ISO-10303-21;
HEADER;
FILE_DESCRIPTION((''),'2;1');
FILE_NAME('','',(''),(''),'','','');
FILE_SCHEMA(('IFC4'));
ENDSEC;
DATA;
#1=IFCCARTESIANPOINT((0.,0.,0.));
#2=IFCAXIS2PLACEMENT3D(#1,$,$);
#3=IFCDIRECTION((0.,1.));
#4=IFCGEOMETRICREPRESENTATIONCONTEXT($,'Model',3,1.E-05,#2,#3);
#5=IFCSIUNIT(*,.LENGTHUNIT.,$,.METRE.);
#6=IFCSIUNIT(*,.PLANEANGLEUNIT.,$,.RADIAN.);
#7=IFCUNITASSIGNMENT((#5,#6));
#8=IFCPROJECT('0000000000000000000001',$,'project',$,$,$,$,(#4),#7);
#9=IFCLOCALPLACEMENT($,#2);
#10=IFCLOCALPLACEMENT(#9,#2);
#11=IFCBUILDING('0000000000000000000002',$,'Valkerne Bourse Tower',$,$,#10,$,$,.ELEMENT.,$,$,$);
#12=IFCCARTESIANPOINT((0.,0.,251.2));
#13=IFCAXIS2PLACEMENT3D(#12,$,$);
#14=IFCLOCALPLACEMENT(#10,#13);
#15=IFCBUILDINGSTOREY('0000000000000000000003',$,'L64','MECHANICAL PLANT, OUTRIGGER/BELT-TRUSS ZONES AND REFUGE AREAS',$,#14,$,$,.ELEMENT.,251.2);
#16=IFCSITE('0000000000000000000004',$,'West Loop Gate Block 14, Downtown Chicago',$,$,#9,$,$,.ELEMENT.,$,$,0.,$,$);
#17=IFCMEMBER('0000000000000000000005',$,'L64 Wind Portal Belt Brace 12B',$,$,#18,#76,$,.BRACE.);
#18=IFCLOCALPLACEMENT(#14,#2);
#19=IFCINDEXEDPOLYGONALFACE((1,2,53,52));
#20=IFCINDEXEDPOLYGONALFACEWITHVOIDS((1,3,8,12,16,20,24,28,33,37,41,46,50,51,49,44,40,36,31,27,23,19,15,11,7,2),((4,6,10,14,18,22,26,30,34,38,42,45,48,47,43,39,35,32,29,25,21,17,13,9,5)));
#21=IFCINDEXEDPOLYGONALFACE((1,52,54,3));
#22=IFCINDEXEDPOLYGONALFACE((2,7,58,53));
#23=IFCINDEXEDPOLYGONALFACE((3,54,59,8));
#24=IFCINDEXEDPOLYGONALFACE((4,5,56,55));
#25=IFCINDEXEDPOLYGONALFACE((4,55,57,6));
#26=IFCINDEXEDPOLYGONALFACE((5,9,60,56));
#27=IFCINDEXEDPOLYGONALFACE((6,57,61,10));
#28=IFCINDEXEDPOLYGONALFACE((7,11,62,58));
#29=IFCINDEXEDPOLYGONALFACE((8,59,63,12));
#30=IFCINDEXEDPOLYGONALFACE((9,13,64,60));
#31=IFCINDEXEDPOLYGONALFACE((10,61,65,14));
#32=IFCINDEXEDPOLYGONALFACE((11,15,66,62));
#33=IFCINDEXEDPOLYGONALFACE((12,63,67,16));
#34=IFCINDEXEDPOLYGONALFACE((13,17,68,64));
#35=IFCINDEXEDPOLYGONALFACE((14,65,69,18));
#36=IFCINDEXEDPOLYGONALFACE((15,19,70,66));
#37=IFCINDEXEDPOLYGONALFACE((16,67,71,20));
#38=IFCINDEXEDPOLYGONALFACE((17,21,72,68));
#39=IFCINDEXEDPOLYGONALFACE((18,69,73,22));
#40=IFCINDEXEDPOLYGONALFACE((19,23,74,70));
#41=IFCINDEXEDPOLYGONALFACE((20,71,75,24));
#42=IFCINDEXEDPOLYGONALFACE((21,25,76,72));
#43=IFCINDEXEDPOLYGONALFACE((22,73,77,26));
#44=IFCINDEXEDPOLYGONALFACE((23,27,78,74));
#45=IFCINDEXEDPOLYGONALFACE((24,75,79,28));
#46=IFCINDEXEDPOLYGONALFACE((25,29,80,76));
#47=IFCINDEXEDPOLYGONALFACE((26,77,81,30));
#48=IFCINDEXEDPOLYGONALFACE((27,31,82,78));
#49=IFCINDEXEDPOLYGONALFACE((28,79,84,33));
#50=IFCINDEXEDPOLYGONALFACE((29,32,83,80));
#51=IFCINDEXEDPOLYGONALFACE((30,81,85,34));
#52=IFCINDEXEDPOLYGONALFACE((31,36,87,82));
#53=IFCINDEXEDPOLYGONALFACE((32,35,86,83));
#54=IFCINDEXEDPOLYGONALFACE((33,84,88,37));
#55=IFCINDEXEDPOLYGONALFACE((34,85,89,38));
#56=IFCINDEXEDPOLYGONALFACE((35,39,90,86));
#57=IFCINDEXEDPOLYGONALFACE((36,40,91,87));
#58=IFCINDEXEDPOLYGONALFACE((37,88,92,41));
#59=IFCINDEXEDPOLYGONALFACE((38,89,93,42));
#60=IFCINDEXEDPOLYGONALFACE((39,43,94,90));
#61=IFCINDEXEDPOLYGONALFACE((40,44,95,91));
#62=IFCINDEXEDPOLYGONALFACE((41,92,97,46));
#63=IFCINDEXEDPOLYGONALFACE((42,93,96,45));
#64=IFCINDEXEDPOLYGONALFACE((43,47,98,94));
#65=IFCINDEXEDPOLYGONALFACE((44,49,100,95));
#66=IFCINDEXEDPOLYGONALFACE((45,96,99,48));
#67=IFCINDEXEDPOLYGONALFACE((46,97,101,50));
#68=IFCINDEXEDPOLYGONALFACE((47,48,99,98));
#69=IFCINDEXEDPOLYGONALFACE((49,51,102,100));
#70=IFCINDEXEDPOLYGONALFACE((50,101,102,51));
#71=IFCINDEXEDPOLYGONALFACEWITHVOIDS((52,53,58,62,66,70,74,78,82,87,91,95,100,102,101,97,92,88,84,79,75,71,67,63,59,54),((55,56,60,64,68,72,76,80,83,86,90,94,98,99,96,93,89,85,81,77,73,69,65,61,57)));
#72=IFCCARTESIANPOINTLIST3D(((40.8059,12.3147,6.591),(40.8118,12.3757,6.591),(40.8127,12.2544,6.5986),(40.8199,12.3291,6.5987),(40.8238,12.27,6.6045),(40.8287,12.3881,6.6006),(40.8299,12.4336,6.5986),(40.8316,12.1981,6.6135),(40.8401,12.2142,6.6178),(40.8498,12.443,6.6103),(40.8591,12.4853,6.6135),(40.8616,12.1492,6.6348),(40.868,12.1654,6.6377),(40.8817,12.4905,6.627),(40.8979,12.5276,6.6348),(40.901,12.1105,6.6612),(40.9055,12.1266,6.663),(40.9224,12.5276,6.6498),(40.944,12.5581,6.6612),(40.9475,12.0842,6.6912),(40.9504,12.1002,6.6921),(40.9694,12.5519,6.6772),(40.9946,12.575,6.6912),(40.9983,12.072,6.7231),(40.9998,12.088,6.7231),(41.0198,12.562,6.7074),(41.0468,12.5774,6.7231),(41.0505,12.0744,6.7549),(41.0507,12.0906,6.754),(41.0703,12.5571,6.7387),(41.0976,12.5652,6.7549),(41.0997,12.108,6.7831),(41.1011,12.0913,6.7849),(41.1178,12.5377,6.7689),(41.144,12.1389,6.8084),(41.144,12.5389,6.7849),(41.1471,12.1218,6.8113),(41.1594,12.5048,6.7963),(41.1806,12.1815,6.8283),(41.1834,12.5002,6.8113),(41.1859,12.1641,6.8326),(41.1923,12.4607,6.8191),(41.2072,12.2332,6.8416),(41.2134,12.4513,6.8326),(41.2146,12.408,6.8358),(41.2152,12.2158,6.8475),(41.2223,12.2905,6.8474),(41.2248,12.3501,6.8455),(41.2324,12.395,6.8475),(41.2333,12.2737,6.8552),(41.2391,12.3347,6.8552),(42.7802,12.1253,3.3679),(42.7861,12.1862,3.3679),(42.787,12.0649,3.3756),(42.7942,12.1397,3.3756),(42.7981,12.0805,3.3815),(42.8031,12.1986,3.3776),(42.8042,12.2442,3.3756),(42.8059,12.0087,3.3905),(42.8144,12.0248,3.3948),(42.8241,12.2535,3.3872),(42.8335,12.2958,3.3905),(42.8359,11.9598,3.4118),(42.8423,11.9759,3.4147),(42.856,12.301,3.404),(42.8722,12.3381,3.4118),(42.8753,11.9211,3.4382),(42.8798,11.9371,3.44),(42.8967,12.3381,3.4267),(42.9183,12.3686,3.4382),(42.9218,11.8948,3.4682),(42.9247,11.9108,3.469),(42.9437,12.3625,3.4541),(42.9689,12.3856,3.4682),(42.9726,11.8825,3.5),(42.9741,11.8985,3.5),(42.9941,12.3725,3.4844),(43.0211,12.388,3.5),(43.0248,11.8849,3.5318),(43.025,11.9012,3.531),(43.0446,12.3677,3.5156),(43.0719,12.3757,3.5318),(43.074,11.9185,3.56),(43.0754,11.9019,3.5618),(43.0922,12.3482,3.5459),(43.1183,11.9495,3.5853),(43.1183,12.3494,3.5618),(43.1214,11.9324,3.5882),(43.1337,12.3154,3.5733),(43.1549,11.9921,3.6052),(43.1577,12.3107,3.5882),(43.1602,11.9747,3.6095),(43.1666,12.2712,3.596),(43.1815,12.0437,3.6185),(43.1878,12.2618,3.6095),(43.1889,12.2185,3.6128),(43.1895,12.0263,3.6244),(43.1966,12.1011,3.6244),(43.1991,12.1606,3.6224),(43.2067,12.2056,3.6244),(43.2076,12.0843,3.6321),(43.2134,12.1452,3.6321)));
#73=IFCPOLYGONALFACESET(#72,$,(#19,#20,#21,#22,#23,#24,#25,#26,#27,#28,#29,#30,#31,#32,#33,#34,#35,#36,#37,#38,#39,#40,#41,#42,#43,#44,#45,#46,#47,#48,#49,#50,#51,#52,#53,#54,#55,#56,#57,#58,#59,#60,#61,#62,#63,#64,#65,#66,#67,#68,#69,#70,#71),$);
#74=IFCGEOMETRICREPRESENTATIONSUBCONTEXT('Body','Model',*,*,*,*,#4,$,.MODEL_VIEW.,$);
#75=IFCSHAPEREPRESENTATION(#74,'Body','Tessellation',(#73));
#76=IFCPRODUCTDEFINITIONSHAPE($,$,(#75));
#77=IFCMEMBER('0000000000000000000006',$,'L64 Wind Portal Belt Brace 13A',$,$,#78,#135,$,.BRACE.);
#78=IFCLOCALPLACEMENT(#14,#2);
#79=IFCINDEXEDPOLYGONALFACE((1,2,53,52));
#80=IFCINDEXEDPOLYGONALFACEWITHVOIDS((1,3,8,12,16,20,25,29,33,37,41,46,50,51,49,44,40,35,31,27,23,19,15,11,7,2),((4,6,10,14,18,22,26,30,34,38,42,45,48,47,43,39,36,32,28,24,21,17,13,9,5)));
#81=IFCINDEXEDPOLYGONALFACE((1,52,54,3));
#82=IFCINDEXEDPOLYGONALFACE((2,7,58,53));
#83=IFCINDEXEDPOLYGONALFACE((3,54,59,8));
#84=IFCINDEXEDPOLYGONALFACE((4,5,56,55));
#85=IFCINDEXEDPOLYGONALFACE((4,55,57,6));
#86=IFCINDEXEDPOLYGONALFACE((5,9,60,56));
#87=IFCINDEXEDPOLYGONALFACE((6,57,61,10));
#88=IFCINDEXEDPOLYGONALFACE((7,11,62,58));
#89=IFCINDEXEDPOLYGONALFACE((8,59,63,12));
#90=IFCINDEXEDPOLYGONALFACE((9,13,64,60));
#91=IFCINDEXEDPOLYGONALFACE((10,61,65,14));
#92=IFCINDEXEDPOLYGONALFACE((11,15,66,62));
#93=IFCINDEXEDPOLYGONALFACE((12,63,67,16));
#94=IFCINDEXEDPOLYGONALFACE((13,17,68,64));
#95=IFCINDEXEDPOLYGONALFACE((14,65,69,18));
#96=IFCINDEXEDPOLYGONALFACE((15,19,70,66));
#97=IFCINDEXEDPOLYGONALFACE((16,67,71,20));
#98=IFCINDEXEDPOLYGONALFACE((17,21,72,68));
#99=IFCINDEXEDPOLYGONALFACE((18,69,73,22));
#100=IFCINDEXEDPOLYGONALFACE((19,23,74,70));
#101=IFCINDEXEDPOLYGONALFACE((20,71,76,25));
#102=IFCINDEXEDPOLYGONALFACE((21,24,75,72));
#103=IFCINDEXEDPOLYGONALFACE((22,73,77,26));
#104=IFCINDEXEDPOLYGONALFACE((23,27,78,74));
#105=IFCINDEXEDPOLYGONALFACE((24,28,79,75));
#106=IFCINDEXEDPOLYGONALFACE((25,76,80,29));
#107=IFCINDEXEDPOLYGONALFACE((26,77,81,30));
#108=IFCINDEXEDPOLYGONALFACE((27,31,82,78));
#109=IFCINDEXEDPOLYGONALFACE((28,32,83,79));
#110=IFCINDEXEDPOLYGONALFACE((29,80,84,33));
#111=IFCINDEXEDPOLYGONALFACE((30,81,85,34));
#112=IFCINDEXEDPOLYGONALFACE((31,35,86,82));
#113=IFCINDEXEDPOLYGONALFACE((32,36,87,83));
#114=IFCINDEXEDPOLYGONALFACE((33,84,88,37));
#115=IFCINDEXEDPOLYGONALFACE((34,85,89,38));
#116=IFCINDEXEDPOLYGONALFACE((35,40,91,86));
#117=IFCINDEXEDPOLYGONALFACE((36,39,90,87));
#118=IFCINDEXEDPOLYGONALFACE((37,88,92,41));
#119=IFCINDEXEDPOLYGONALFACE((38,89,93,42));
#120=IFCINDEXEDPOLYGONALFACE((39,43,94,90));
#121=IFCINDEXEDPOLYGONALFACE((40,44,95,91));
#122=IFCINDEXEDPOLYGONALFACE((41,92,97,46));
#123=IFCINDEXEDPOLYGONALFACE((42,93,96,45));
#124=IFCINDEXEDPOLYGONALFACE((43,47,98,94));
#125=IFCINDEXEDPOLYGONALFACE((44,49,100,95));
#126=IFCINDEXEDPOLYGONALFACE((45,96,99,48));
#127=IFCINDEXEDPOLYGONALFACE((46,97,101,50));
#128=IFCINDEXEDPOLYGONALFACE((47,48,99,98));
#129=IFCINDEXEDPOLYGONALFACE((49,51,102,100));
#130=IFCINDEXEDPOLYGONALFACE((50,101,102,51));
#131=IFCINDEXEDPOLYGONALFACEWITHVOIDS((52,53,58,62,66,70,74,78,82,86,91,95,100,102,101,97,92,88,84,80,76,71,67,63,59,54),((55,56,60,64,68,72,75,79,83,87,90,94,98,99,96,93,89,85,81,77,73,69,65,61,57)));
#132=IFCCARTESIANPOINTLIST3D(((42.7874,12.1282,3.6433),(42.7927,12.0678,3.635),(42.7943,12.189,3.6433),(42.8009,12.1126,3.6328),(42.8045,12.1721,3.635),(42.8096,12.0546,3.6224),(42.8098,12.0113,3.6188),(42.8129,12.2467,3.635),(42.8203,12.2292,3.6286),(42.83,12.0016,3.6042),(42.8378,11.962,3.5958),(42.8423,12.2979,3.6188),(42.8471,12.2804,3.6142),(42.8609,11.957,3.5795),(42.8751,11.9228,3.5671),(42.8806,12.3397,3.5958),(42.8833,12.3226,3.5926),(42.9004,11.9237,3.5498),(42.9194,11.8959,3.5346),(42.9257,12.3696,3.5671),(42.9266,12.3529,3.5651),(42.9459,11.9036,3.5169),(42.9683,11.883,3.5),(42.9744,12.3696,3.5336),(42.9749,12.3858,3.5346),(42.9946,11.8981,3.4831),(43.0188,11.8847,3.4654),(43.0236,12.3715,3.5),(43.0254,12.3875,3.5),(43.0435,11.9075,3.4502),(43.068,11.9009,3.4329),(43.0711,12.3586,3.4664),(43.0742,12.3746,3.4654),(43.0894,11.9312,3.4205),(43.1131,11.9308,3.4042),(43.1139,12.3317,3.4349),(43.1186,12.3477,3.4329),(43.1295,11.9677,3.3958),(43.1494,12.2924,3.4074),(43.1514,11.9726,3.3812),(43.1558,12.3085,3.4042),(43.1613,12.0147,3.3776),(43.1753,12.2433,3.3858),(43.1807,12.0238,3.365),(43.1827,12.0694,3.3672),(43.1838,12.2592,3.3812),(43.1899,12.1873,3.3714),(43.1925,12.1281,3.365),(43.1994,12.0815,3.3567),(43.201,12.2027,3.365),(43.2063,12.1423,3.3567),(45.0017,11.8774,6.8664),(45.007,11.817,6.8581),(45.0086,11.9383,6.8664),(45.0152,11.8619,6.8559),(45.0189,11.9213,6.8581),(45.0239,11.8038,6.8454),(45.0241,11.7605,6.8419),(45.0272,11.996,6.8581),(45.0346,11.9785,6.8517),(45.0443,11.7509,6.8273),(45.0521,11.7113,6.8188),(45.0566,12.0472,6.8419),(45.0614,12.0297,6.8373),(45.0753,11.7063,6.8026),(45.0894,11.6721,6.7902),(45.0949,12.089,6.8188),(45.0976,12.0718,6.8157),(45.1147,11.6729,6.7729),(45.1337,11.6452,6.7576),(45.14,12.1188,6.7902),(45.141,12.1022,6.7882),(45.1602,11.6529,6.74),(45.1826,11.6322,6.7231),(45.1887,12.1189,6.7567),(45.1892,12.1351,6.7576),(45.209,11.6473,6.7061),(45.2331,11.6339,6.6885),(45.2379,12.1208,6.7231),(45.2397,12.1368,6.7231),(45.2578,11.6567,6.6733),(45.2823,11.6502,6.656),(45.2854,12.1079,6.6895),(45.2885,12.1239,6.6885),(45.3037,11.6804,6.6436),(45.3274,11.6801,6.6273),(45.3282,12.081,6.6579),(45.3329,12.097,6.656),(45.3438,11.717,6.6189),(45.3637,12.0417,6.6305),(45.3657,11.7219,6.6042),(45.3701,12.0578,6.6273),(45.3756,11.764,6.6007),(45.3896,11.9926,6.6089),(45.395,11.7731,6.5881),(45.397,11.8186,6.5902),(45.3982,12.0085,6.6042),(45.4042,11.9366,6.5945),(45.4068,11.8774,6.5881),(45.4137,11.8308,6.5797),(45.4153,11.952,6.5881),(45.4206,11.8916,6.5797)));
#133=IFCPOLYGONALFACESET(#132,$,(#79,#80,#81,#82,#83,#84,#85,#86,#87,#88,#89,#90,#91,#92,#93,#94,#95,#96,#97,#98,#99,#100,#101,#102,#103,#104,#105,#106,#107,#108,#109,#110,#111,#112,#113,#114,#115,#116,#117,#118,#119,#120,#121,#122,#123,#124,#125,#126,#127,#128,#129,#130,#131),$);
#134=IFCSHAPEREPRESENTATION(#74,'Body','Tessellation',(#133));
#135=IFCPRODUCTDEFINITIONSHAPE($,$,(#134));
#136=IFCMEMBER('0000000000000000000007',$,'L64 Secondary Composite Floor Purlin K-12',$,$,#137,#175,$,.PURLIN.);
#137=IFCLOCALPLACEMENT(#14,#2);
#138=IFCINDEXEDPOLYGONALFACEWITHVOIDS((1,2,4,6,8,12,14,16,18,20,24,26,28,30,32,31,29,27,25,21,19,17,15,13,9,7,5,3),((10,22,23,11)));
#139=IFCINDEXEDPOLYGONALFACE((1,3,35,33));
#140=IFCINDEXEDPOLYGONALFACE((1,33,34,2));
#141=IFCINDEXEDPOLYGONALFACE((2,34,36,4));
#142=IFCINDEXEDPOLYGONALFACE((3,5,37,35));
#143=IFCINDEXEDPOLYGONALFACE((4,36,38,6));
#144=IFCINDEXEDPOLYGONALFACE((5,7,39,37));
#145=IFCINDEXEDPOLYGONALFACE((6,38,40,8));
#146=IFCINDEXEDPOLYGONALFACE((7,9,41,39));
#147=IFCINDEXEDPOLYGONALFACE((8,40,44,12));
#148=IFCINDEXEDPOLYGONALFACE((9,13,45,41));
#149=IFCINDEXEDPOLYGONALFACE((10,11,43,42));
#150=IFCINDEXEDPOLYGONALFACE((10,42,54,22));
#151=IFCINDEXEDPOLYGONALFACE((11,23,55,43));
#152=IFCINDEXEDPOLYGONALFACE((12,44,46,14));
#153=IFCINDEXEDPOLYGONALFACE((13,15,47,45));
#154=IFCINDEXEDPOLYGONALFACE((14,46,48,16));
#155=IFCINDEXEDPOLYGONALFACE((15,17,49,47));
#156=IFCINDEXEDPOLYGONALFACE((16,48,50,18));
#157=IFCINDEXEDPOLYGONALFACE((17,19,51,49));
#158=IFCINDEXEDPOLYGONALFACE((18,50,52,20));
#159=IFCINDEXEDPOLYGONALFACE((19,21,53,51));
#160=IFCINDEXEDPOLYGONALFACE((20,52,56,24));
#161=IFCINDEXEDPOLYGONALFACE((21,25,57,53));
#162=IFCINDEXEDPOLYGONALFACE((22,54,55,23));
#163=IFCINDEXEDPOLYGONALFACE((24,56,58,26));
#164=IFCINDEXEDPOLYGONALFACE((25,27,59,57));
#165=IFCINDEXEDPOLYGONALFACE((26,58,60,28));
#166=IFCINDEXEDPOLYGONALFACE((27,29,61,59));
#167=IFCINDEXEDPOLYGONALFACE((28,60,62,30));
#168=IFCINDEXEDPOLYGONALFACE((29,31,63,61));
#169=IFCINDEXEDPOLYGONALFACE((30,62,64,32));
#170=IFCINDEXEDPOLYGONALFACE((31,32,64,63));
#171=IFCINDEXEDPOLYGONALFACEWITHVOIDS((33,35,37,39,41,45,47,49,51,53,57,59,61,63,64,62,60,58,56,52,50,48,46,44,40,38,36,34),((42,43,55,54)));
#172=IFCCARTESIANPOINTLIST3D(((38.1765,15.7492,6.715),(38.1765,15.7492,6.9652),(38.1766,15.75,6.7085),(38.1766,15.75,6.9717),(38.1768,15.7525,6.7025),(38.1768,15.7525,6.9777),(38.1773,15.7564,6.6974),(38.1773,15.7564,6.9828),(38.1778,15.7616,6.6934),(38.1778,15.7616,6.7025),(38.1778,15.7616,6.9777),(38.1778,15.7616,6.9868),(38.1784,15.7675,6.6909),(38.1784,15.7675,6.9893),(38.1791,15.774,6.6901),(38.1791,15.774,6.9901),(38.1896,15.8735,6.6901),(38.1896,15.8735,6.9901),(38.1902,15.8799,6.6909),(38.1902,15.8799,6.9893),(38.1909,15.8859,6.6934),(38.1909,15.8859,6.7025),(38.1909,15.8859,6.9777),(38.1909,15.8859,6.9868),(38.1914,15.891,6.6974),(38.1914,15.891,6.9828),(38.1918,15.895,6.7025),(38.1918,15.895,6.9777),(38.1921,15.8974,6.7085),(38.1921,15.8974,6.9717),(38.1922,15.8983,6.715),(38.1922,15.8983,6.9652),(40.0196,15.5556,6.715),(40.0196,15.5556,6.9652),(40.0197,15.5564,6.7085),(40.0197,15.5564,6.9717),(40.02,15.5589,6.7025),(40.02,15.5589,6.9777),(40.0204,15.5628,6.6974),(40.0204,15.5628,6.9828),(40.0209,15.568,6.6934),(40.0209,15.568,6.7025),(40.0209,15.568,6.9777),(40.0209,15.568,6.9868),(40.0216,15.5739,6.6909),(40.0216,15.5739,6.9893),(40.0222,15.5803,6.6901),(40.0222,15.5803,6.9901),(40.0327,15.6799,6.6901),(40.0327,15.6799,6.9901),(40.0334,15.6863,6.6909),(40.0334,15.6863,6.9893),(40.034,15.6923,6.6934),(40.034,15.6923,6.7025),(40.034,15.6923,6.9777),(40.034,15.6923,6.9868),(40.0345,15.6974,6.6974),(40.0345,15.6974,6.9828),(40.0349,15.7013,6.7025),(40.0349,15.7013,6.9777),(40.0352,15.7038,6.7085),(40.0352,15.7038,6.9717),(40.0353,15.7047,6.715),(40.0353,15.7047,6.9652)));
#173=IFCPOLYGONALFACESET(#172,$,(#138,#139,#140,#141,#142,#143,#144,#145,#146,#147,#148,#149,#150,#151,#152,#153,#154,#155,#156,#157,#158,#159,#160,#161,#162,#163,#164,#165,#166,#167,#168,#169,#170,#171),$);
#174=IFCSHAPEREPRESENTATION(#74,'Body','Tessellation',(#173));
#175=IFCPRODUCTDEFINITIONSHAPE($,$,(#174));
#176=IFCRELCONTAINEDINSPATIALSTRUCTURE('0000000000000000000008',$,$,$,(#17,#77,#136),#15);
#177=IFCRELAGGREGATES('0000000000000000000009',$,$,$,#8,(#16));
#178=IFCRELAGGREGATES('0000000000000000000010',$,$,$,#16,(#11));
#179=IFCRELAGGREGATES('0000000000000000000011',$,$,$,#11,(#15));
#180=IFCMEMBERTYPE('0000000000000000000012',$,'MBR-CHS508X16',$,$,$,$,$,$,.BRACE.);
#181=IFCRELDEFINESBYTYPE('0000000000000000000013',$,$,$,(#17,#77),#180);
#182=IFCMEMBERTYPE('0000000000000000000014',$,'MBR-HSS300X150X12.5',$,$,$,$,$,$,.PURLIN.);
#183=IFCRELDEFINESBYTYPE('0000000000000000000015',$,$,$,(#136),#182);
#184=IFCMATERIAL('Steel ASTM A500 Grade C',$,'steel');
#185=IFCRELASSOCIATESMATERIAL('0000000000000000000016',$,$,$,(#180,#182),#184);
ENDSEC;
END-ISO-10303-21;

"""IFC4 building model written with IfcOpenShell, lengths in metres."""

from ifc_helpers import new_model, si_unit, direction, frame, origin, origin_2d, place, context, subcontext, project, spatial, hollow_rectangle, hollow_circle, extrude, material, material_profile, profile_set, type_object, element, save


model = new_model("IFC4")

# Units and contexts
model_context = context("Model", 3, precision=1e-05, world=origin(), true_north=direction((0.0, 1.0)))
body_context = subcontext(model_context, "Body", "Model", "MODEL_VIEW")
ifc_project = project(units=[si_unit("LENGTHUNIT", "METRE"), si_unit("PLANEANGLEUNIT", "RADIAN")], contexts=[model_context])

# Site, building, storey
site_placement = place(None, origin())
site = spatial("IfcSite", under=ifc_project, at=site_placement, Name="West Loop Gate Block 14, Downtown Chicago", CompositionType="ELEMENT", RefElevation=0.0)
building_placement = place(site_placement, origin())
building = spatial("IfcBuilding", under=site, at=building_placement, Name="Valkerne Bourse Tower", CompositionType="ELEMENT")
storey_placement = place(building_placement, frame((0.0, 0.0, 251.2)))
storey = spatial("IfcBuildingStorey", under=building, at=storey_placement, Name="L64", Description="MECHANICAL PLANT, OUTRIGGER/BELT-TRUSS ZONES AND REFUGE AREAS", CompositionType="ELEMENT", Elevation=251.2)

# Members
ifc_material_1 = material(Name="Steel ASTM A500 Grade C", Category="steel")
ifc_material_profile_1 = material_profile(ifc_material_1, hollow_circle(Radius=0.2539, WallThickness=0.0161, at=origin_2d()), Name="CHS508X16")
ifc_profile_set_1 = profile_set([ifc_material_profile_1], Name="Steel ASTM A500 Grade C")
member_type_1 = type_object("IfcMemberType", Name="MBR-CHS508X16", PredefinedType="BRACE", material=ifc_profile_set_1)
member_1_placement = place(storey_placement, frame((42.9968, 12.1353, 3.5), z_axis=(-0.521694, 0.05006, 0.851663), x_axis=(-0.095518, -0.995428, 0.0)))
element("IfcMember", 1, at=member_1_placement, inside=storey, type_object=member_type_1, Name="L64 Wind Portal Belt Brace 12B", PredefinedType="BRACE", context=body_context, shape_type="SweptSolid", body=[
    extrude(hollow_circle(Radius=0.2539, WallThickness=0.0161, at=origin_2d()), origin(), (0.0, 0.0, 1.0), 3.7844),
])
member_2_placement = place(storey_placement, frame((42.9968, 12.1353, 3.5), z_axis=(0.565098, -0.063986, 0.822539), x_axis=(0.112511, 0.99365, 0.0)))
element("IfcMember", 2, at=member_2_placement, inside=storey, type_object=member_type_1, Name="L64 Wind Portal Belt Brace 13A", PredefinedType="BRACE", context=body_context, shape_type="SweptSolid", body=[
    extrude(hollow_circle(Radius=0.2539, WallThickness=0.0161, at=origin_2d()), origin(), (0.0, 0.0, 1.0), 3.9185),
])
ifc_material_profile_2 = material_profile(ifc_material_1, hollow_rectangle(XDim=0.1499, YDim=0.3, WallThickness=0.0125, OuterFilletRadius=0.0249, at=origin_2d()), Name="HSS300X150X12.5")
ifc_profile_set_2 = profile_set([ifc_material_profile_2], Name="Steel ASTM A500 Grade C")
member_type_2 = type_object("IfcMemberType", Name="MBR-HSS300X150X12.5", PredefinedType="PURLIN", material=ifc_profile_set_2)
member_3_placement = place(storey_placement, frame((38.1843, 15.8237, 6.8401), z_axis=(0.994528, -0.104472, 0.0), x_axis=(0.104472, 0.994528, 0.0)))
element("IfcMember", 3, at=member_3_placement, inside=storey, type_object=member_type_2, Name="L64 Secondary Composite Floor Purlin K-12", PredefinedType="PURLIN", context=body_context, shape_type="SweptSolid", body=[
    extrude(hollow_rectangle(XDim=0.1499, YDim=0.3, WallThickness=0.0125, OuterFilletRadius=0.0249, at=origin_2d()), origin(), (0.0, 0.0, 1.0), 1.8533),
])

save(model, "model.ifc")
